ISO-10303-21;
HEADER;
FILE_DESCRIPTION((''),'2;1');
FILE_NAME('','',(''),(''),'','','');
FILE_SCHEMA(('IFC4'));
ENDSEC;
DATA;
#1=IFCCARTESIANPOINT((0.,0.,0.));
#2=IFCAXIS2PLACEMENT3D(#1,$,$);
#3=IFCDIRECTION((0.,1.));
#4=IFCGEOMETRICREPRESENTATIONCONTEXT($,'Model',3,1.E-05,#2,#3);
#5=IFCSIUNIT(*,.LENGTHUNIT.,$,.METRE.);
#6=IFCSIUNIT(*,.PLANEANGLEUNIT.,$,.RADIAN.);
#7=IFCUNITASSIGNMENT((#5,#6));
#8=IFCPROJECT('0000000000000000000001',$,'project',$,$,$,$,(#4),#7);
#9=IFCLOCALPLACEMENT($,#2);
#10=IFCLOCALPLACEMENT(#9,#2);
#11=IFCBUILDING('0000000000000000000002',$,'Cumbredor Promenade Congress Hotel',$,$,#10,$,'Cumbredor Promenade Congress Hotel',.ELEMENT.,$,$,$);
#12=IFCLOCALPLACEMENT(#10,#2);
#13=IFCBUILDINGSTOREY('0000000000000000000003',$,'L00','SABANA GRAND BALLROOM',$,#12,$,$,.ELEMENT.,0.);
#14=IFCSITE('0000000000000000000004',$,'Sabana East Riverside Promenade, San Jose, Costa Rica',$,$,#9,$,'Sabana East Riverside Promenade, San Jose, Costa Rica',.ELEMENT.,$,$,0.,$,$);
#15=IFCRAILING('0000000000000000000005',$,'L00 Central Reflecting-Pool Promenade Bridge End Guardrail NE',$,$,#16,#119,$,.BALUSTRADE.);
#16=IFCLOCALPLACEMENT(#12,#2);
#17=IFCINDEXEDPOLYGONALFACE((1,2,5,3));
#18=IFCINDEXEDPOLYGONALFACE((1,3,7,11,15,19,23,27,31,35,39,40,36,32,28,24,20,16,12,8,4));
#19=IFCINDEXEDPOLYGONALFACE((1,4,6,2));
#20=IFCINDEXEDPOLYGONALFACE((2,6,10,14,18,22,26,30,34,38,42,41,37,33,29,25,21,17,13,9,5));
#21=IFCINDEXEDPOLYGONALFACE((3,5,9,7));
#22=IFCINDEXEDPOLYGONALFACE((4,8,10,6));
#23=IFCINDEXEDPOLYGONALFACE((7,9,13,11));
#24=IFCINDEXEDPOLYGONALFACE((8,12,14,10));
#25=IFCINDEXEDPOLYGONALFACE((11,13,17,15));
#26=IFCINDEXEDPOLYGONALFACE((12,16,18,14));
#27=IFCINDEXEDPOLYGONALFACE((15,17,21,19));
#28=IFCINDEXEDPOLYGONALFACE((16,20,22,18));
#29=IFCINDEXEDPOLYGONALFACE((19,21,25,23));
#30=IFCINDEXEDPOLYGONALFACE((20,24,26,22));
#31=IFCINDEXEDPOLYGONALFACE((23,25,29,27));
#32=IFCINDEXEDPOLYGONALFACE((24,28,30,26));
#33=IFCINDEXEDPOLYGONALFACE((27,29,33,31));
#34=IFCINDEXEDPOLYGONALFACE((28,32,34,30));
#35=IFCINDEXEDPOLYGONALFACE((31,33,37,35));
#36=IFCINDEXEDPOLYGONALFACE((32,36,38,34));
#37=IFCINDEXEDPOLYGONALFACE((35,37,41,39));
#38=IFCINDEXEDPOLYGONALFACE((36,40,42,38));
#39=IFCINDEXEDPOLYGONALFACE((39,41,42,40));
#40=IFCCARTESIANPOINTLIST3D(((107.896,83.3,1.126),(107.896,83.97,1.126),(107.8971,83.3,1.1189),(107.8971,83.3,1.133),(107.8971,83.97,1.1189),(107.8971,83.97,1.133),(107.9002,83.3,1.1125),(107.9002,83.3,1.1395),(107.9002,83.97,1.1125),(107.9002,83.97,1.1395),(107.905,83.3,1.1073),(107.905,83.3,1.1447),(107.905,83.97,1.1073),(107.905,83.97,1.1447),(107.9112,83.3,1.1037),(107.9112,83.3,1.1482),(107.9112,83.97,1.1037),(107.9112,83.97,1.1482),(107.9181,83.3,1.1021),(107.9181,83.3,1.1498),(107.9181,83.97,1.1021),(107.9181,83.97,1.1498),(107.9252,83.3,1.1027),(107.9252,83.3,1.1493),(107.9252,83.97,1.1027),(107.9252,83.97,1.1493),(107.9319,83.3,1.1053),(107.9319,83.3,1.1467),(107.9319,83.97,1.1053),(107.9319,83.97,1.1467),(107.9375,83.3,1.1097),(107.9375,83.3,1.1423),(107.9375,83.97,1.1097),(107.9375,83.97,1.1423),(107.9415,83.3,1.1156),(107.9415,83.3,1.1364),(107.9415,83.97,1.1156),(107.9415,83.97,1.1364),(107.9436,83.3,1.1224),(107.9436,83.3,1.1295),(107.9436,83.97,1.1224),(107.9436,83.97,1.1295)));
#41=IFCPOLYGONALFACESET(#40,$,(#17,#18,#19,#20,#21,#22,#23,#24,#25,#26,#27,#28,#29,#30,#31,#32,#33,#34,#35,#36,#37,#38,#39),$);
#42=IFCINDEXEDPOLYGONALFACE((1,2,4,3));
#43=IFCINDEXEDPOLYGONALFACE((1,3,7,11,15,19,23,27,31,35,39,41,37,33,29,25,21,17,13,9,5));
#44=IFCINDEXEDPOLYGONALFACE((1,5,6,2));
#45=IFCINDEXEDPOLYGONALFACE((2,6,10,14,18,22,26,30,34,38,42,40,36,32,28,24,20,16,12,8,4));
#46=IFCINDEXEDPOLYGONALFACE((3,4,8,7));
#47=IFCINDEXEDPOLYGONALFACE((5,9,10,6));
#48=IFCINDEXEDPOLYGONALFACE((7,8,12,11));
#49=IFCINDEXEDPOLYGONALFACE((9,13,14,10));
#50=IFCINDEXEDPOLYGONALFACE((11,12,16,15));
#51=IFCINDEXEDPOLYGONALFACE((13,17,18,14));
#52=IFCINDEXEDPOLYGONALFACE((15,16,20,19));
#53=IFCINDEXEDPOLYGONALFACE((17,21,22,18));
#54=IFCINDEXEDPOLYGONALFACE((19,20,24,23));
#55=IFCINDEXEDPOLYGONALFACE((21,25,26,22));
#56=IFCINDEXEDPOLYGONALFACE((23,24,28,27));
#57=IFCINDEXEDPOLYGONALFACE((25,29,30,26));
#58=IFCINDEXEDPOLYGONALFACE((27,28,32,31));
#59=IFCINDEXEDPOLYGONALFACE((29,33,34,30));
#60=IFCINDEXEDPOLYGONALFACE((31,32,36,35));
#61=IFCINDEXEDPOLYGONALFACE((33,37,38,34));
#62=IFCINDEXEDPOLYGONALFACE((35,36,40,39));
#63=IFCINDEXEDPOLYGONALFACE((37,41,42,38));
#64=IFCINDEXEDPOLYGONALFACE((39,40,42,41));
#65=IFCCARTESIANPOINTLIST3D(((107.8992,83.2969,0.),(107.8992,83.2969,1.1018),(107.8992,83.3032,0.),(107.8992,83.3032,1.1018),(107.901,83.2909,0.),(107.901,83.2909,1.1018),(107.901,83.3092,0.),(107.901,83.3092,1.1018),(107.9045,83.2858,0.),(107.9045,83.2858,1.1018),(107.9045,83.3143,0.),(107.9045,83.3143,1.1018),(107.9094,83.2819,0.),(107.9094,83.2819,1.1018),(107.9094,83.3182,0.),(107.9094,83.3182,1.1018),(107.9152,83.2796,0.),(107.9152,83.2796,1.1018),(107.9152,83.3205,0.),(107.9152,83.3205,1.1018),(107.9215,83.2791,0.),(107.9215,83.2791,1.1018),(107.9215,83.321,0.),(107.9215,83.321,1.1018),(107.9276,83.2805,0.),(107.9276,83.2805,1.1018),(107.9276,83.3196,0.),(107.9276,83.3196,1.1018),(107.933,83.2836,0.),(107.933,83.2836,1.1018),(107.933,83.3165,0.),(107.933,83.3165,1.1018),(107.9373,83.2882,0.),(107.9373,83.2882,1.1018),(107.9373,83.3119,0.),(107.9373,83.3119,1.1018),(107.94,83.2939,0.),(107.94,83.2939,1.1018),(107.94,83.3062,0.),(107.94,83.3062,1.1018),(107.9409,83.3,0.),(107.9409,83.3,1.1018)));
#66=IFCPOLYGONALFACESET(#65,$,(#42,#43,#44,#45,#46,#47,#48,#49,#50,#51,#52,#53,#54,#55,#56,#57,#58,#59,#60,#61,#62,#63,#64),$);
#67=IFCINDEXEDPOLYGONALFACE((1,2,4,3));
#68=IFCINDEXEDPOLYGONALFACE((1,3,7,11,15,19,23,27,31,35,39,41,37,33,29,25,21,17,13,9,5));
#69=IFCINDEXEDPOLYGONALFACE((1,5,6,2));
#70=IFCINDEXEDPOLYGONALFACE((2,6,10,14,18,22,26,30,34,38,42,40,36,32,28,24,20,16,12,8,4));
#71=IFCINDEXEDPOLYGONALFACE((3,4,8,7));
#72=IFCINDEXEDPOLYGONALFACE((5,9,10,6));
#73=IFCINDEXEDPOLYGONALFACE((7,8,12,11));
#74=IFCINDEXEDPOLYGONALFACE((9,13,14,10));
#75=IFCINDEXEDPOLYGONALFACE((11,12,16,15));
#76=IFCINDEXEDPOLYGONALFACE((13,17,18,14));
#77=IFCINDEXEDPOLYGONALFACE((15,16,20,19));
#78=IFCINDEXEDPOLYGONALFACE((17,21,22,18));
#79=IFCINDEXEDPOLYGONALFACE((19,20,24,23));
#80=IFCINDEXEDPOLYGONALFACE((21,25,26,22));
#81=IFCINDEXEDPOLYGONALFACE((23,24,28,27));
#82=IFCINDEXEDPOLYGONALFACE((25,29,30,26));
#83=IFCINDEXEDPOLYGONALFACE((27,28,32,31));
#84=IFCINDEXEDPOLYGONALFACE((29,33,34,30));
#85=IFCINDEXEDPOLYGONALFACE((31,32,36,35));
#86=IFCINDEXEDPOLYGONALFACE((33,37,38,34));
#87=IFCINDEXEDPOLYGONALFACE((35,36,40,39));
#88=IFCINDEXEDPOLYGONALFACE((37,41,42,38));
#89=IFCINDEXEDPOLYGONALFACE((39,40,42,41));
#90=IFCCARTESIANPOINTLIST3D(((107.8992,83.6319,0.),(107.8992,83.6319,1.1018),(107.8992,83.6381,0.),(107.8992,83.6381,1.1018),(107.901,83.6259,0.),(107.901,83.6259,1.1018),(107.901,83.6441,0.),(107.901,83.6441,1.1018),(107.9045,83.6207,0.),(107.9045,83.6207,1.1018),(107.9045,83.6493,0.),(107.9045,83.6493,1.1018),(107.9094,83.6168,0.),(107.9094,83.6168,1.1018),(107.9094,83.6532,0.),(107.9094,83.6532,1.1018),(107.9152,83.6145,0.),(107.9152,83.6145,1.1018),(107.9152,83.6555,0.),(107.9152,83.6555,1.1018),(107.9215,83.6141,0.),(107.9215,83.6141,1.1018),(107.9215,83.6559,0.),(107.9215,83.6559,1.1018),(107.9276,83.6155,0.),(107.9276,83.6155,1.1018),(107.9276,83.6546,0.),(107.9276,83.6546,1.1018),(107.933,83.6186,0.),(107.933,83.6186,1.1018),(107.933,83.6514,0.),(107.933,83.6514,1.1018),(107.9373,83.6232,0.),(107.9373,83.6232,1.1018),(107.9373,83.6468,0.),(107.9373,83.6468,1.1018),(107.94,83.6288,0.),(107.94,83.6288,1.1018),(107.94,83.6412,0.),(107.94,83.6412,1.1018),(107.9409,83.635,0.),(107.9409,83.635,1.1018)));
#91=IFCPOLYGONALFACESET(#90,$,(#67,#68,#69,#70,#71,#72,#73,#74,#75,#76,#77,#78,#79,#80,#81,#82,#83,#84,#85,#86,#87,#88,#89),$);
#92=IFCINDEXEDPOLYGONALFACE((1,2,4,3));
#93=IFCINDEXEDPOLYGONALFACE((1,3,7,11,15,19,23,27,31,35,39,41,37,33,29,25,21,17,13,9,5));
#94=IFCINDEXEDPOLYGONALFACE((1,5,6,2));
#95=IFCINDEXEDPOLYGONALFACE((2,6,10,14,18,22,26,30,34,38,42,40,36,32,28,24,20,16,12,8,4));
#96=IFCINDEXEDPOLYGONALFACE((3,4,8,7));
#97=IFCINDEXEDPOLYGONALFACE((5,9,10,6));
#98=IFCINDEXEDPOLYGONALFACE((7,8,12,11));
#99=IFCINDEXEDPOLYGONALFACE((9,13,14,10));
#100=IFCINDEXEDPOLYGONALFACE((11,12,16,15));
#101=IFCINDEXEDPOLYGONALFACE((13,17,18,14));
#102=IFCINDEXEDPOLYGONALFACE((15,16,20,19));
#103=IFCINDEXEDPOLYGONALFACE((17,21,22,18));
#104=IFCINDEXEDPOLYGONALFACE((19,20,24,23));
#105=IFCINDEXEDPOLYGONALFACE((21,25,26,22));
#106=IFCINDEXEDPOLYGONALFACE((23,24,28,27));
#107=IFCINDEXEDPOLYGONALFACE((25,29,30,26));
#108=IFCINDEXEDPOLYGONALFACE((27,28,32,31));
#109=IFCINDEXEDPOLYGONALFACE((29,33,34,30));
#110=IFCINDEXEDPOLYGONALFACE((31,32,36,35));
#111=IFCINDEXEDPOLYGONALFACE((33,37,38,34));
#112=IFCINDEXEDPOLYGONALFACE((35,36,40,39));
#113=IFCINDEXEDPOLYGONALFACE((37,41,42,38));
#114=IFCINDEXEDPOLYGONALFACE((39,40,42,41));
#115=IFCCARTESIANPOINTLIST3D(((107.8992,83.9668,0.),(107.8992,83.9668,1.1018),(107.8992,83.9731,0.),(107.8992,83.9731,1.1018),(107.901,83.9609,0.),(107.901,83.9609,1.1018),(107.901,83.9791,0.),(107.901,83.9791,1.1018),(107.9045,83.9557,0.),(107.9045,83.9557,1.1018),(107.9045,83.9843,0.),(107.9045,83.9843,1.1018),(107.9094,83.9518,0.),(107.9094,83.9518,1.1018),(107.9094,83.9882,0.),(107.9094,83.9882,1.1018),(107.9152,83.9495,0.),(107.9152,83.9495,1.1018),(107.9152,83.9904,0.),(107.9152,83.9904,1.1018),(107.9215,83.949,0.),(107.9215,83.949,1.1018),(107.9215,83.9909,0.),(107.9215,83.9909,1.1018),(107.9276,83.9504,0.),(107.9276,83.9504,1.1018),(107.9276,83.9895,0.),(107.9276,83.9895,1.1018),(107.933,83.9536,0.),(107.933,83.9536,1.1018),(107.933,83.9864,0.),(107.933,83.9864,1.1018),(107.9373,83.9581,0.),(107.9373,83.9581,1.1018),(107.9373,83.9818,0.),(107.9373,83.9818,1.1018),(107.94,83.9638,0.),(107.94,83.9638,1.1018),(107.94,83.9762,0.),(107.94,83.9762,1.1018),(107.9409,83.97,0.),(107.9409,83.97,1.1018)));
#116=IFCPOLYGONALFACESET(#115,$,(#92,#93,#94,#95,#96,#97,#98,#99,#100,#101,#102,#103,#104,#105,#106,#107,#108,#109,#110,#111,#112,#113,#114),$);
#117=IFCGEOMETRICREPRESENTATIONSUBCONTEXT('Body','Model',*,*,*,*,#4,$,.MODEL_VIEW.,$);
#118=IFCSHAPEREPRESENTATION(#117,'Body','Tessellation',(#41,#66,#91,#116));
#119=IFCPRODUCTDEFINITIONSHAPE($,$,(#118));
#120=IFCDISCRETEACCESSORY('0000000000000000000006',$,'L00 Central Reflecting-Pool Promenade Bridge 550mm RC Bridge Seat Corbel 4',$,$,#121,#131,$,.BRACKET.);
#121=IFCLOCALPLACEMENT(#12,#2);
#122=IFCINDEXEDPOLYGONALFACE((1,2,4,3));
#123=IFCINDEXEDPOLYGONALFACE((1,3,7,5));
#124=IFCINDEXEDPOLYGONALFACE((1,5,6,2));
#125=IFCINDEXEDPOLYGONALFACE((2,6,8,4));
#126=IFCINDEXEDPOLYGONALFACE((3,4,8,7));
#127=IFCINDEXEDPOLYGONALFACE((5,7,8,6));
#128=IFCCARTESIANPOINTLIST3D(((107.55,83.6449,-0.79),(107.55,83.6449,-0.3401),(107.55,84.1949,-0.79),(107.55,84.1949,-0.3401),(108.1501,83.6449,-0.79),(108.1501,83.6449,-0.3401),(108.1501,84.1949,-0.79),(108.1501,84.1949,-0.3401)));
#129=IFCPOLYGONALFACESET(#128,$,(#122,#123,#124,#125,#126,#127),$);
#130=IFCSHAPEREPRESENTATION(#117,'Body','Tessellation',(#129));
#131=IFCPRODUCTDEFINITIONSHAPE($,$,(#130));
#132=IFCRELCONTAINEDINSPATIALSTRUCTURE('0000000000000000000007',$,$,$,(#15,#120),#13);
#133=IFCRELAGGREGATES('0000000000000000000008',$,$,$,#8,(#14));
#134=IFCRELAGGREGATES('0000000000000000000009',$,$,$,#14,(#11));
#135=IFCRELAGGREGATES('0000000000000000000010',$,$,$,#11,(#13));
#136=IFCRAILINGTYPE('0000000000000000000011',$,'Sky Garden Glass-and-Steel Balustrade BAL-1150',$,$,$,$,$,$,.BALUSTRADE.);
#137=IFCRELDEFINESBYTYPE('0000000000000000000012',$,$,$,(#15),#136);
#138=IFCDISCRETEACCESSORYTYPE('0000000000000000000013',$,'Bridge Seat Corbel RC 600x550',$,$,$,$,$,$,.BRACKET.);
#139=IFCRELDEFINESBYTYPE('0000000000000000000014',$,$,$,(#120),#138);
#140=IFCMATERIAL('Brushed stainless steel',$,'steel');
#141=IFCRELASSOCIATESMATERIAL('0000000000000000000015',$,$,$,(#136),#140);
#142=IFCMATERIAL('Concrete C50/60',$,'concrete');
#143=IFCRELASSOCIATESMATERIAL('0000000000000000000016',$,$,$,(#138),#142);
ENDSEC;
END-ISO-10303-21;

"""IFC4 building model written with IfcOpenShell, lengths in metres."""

from ifc_helpers import new_model, si_unit, direction, frame, origin, origin_2d, place, context, subcontext, project, spatial, rectangle, circle, extrude, material, type_object, element, save


model = new_model("IFC4")

# Units and contexts
model_context = context("Model", 3, precision=1e-05, world=origin(), true_north=direction((0.0, 1.0)))
body_context = subcontext(model_context, "Body", "Model", "MODEL_VIEW")
ifc_project = project(units=[si_unit("LENGTHUNIT", "METRE"), si_unit("PLANEANGLEUNIT", "RADIAN")], contexts=[model_context])

# Site, building, storey
site_placement = place(None, origin())
site = spatial("IfcSite", under=ifc_project, at=site_placement, Name="Sabana East Riverside Promenade, San Jose, Costa Rica", LongName="Sabana East Riverside Promenade, San Jose, Costa Rica", CompositionType="ELEMENT", RefElevation=0.0)
building_placement = place(site_placement, origin())
building = spatial("IfcBuilding", under=site, at=building_placement, Name="Cumbredor Promenade Congress Hotel", LongName="Cumbredor Promenade Congress Hotel", CompositionType="ELEMENT")
storey_placement = place(building_placement, origin())
storey = spatial("IfcBuildingStorey", under=building, at=storey_placement, Name="L00", Description="SABANA GRAND BALLROOM", CompositionType="ELEMENT", Elevation=0.0)

# Shared definitions
ifc_material_1 = material(Name="Concrete C50/60", Category="concrete")

# Railing
ifc_material_2 = material(Name="Brushed stainless steel", Category="steel")
railing_type = type_object("IfcRailingType", Name="Sky Garden Glass-and-Steel Balustrade BAL-1150", PredefinedType="BALUSTRADE", material=ifc_material_2)
railing_placement = place(storey_placement, frame((107.9199, 83.3, 0.0)))
element("IfcRailing", 1, at=railing_placement, inside=storey, type_object=railing_type, Name="L00 Central Reflecting-Pool Promenade Bridge End Guardrail NE", PredefinedType="BALUSTRADE", context=body_context, shape_type="SweptSolid", body=[
    extrude(circle(Radius=0.0239, at=origin_2d()), frame((0.0, 0.0, 1.126), z_axis=(0.0, 1.0, 0.0), x_axis=(-1.0, 0.0, 0.0)), (0.0, 0.0, 1.0), 0.6699),
    extrude(circle(Radius=0.021, at=origin_2d()), origin(), (0.0, 0.0, 1.0), 1.1018),
    extrude(circle(Radius=0.021, at=origin_2d()), frame((0.0, 0.335, 0.0)), (0.0, 0.0, 1.0), 1.1018),
    extrude(circle(Radius=0.021, at=origin_2d()), frame((0.0, 0.6699, 0.0)), (0.0, 0.0, 1.0), 1.1018),
])

# Discrete accessory
discrete_accessory_type = type_object("IfcDiscreteAccessoryType", Name="Bridge Seat Corbel RC 600x550", PredefinedType="BRACKET", material=ifc_material_1)
discrete_accessory_placement = place(storey_placement, frame((107.8501, 83.9199, -0.79), z_axis=(0.0, 0.0, 1.0), x_axis=(0.0, 1.0, 0.0)))
element("IfcDiscreteAccessory", 2, at=discrete_accessory_placement, inside=storey, type_object=discrete_accessory_type, Name="L00 Central Reflecting-Pool Promenade Bridge 550mm RC Bridge Seat Corbel 4", PredefinedType="BRACKET", context=body_context, shape_type="SweptSolid", body=[
    extrude(rectangle(XDim=0.55, YDim=0.6001, at=origin_2d()), origin(), (0.0, 0.0, 1.0), 0.45),
])

save(model, "model.ifc")
